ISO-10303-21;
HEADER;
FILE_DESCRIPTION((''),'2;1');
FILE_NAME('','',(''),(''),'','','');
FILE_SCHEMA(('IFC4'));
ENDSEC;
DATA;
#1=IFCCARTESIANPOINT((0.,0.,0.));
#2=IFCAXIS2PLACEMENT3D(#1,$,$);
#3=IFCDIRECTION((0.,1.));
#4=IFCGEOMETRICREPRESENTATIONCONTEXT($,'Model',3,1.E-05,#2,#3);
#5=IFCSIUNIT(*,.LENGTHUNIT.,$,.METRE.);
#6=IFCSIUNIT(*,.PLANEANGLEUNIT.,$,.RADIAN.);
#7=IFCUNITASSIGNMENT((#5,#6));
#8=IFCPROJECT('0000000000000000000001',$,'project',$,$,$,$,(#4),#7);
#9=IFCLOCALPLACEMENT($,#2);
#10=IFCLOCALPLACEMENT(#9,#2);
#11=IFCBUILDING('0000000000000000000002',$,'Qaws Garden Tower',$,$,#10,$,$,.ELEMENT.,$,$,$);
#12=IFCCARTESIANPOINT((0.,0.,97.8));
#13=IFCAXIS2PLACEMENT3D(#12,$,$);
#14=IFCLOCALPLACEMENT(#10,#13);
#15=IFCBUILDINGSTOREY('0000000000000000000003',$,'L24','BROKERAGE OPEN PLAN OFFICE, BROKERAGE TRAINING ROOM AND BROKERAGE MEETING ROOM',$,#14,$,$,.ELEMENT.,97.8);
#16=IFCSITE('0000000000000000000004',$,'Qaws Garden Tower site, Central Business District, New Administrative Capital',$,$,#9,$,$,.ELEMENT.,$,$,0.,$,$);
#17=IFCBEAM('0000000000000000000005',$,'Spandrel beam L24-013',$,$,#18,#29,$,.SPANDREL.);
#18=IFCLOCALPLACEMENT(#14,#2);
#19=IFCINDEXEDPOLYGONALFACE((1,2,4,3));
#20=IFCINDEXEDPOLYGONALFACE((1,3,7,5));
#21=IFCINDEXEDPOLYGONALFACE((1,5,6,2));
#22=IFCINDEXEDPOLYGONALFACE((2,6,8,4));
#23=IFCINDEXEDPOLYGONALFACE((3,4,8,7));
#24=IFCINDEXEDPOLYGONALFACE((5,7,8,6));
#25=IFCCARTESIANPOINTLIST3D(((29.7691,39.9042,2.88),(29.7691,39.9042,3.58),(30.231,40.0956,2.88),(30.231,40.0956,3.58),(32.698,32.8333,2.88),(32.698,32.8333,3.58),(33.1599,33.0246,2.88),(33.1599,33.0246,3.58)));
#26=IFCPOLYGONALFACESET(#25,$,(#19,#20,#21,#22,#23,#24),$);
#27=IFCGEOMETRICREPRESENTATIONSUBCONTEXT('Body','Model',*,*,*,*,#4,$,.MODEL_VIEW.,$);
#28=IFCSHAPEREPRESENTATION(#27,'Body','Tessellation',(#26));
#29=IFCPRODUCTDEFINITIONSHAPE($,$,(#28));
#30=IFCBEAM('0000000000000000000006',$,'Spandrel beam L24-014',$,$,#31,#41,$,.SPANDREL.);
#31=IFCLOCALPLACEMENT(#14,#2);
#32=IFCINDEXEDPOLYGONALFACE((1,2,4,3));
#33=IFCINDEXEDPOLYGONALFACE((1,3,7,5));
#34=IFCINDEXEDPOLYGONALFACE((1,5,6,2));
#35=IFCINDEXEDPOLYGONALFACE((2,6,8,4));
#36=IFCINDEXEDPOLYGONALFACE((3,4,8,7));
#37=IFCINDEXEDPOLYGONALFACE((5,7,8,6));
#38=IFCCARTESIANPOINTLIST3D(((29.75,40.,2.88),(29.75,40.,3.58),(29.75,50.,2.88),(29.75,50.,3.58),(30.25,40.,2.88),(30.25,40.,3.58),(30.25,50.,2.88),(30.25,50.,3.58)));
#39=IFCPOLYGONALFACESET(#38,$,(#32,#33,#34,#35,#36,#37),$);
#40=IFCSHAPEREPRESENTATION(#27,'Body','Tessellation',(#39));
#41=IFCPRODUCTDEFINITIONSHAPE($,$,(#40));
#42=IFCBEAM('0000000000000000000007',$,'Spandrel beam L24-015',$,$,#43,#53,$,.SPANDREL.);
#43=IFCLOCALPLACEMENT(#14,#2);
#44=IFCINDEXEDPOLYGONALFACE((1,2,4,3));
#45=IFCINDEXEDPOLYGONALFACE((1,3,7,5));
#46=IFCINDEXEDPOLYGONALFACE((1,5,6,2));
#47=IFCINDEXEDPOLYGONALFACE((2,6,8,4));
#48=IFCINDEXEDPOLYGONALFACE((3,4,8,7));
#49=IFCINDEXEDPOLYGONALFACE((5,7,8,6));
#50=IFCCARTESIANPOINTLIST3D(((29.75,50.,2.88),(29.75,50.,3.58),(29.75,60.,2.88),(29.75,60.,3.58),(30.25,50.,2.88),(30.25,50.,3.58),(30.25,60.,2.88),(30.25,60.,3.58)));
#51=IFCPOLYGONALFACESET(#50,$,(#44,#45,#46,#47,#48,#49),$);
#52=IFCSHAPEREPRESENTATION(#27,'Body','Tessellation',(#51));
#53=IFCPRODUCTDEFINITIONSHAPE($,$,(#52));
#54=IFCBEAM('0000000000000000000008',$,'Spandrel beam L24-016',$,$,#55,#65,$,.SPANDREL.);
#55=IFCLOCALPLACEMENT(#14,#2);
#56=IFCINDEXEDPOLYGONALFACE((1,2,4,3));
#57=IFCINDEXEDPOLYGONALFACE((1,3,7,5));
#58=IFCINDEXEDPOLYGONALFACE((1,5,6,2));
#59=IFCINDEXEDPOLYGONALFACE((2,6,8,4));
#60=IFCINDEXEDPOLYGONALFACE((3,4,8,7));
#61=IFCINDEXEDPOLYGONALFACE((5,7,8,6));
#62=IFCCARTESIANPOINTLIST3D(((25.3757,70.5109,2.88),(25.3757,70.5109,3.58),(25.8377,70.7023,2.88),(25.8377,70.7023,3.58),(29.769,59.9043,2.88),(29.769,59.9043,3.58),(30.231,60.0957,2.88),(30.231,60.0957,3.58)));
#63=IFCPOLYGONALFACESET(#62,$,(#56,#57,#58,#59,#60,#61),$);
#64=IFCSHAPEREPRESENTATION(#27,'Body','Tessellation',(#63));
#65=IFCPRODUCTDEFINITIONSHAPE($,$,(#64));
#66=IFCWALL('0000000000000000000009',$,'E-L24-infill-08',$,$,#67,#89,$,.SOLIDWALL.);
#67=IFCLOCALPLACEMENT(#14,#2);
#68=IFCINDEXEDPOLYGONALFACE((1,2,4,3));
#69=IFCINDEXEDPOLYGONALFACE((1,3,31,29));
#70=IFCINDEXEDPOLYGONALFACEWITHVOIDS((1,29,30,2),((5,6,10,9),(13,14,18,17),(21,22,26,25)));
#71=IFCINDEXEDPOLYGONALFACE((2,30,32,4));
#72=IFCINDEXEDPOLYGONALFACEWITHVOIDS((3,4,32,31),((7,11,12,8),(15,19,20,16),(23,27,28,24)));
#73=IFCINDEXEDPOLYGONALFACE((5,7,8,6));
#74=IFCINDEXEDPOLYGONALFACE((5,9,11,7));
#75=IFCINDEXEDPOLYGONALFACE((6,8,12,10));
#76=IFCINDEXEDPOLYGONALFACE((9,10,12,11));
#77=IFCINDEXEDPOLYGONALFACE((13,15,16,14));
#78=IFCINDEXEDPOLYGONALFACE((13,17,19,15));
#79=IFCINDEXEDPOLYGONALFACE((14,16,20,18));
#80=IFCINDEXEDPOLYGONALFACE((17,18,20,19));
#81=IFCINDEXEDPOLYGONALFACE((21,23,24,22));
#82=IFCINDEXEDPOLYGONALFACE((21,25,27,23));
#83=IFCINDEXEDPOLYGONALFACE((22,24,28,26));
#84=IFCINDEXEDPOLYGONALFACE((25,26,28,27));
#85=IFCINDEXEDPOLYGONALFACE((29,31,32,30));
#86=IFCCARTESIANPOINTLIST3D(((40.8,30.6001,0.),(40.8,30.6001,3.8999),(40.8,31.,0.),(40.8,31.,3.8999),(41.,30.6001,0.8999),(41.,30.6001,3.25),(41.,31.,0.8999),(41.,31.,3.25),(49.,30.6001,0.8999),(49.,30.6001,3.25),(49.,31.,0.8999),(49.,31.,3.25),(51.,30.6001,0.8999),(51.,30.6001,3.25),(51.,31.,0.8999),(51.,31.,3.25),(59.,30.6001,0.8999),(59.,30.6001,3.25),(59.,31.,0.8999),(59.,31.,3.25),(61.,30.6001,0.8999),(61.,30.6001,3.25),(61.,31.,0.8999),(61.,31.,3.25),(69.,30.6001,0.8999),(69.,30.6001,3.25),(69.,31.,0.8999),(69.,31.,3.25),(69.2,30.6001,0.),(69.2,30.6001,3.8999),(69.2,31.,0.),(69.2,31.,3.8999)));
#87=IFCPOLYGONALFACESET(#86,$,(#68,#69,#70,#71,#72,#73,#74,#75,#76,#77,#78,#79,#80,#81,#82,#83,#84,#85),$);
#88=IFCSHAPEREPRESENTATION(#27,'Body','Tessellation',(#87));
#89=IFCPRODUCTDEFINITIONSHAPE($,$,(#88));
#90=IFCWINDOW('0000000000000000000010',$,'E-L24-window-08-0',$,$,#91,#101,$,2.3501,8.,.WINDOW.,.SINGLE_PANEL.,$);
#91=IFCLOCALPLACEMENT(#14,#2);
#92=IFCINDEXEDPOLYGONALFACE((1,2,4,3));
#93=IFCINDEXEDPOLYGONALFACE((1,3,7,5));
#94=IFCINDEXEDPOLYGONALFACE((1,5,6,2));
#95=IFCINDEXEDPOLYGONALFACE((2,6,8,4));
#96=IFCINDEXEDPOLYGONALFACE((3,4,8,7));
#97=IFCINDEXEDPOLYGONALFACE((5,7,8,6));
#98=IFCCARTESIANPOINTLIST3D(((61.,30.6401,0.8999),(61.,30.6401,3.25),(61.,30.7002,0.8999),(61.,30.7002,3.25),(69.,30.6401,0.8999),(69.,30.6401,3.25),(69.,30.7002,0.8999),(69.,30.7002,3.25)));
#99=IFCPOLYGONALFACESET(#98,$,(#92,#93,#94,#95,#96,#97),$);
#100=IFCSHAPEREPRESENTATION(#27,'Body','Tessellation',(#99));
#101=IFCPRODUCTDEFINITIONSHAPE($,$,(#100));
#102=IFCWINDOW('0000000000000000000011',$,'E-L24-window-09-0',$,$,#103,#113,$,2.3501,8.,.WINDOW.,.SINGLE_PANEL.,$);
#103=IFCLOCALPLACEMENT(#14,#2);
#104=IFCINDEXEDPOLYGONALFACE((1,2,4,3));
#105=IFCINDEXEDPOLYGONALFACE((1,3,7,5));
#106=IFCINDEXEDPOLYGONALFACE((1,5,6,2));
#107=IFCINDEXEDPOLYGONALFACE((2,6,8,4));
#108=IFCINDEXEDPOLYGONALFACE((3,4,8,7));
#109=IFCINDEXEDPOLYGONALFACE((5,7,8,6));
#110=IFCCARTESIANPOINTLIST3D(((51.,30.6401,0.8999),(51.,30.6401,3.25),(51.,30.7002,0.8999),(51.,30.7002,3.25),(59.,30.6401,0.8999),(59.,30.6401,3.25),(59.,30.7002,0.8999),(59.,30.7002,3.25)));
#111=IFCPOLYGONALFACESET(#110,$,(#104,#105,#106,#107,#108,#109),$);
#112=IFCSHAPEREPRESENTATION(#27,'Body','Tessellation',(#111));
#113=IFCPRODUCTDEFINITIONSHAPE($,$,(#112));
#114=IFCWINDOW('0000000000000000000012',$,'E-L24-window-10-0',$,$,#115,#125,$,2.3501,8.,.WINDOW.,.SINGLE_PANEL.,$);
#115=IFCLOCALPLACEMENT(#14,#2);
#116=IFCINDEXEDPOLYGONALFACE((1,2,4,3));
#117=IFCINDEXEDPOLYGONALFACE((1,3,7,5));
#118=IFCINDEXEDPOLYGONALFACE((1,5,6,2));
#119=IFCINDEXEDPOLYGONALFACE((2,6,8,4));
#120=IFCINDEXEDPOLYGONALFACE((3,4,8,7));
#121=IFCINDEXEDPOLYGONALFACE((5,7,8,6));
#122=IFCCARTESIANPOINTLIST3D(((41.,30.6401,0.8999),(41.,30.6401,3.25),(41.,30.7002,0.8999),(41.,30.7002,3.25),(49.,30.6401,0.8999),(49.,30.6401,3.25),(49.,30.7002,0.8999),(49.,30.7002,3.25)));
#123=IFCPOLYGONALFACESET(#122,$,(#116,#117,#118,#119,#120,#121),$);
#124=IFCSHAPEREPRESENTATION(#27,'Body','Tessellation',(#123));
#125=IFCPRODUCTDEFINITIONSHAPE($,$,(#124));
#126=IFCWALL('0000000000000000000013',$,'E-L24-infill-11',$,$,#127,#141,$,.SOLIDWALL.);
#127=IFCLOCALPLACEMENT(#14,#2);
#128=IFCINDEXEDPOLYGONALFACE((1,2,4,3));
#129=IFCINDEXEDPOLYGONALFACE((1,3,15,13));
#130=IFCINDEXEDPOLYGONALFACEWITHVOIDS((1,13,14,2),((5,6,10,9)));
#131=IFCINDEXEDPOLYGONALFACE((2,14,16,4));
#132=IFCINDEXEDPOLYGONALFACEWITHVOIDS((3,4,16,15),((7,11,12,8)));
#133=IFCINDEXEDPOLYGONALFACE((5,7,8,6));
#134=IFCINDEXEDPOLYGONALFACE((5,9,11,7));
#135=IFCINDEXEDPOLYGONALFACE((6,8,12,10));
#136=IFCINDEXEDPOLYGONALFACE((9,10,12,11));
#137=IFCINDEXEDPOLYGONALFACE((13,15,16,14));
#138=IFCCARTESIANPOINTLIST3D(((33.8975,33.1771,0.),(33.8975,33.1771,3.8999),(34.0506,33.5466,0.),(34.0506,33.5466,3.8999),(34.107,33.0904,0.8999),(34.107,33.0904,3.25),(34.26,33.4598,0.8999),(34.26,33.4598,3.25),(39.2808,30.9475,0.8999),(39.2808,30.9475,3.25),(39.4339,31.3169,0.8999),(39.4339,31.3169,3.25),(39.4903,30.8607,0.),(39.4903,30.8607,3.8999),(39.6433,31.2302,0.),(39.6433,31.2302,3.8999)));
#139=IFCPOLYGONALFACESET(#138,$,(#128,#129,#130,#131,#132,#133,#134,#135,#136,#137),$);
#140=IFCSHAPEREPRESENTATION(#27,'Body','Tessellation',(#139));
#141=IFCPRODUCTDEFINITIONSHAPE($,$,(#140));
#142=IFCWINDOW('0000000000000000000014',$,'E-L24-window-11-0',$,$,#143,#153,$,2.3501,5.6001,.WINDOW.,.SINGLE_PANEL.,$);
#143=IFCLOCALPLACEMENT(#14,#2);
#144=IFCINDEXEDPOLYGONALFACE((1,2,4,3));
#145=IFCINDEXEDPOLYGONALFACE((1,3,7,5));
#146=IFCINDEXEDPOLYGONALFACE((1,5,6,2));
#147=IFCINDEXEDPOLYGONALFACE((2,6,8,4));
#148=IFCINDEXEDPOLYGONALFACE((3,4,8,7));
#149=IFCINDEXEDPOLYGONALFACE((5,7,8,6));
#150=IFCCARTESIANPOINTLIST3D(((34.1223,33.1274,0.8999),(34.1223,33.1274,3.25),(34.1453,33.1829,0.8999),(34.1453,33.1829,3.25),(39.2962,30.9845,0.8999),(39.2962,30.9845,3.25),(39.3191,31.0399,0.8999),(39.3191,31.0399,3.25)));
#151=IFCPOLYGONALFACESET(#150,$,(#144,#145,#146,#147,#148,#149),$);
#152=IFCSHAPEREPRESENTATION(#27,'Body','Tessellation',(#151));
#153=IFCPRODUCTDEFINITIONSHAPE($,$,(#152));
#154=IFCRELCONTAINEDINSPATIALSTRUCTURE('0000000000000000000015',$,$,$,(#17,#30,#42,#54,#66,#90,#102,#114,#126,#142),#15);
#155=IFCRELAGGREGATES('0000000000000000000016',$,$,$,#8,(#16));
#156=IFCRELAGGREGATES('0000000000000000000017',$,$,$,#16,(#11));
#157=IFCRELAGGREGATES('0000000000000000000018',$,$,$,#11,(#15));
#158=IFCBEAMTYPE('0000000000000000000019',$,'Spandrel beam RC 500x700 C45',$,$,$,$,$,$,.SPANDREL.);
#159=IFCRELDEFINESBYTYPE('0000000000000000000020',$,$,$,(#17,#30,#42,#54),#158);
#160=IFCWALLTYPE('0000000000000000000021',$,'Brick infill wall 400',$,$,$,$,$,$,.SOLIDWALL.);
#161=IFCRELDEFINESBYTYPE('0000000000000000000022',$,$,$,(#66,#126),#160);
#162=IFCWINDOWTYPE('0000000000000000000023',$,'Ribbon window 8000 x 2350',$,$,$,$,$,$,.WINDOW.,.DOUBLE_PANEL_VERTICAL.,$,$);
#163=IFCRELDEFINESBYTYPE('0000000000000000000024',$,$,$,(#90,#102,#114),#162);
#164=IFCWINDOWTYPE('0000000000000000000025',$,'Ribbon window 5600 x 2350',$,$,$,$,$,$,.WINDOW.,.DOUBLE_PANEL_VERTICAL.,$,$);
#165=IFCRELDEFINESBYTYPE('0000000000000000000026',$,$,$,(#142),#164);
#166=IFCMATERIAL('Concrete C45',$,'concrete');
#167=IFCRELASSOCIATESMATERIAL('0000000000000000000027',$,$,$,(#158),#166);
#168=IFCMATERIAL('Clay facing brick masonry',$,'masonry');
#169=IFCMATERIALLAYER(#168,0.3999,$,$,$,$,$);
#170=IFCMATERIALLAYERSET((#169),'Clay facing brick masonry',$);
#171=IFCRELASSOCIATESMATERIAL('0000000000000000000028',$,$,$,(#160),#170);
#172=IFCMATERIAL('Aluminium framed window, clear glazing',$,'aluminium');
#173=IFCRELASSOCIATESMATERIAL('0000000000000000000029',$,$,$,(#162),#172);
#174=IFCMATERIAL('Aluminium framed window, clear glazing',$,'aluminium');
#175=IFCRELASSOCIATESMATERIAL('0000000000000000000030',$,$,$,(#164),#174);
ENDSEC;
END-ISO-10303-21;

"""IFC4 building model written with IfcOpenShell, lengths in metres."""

from ifc_helpers import new_model, si_unit, direction, frame, frame_2d, origin, origin_2d, place, context, subcontext, project, spatial, rectangle, extrude, material, layer, layer_set, material_profile, profile_set, type_object, element, fill, save


model = new_model("IFC4")

# Units and contexts
model_context = context("Model", 3, precision=1e-05, world=origin(), true_north=direction((0.0, 1.0)))
body_context = subcontext(model_context, "Body", "Model", "MODEL_VIEW")
ifc_project = project(units=[si_unit("LENGTHUNIT", "METRE"), si_unit("PLANEANGLEUNIT", "RADIAN")], contexts=[model_context])

# Site, building, storey
site_placement = place(None, origin())
site = spatial("IfcSite", under=ifc_project, at=site_placement, Name="Qaws Garden Tower site, Central Business District, New Administrative Capital", CompositionType="ELEMENT", RefElevation=0.0)
building_placement = place(site_placement, origin())
building = spatial("IfcBuilding", under=site, at=building_placement, Name="Qaws Garden Tower", CompositionType="ELEMENT")
storey_placement = place(building_placement, frame((0.0, 0.0, 97.8)))
storey = spatial("IfcBuildingStorey", under=building, at=storey_placement, Name="L24", Description="BROKERAGE OPEN PLAN OFFICE, BROKERAGE TRAINING ROOM AND BROKERAGE MEETING ROOM", CompositionType="ELEMENT", Elevation=97.8)

# Beams
ifc_material_1 = material(Name="Concrete C45", Category="concrete")
ifc_material_profile_1 = material_profile(ifc_material_1, rectangle(XDim=0.5, YDim=0.7, at=origin_2d()), Name="RC 500x700")
ifc_profile_set_1 = profile_set([ifc_material_profile_1], Name="Concrete C45")
beam_type = type_object("IfcBeamType", Name="Spandrel beam RC 500x700 C45", PredefinedType="SPANDREL", material=ifc_profile_set_1)
beam_1_placement = place(storey_placement, frame((32.929, 32.929, 3.23), z_axis=(-0.382687, 0.923878, 0.0), x_axis=(-0.923878, -0.382687, 0.0)))
element("IfcBeam", 1, at=beam_1_placement, inside=storey, type_object=beam_type, Name="Spandrel beam L24-013", PredefinedType="SPANDREL", context=body_context, shape_type="SweptSolid", body=[
    extrude(rectangle(XDim=0.5, YDim=0.7, at=origin_2d()), origin(), (0.0, 0.0, 1.0), 7.6536),
])
for number, where, z_axis, x_axis, name in (
    (2, (30.0, 40.0, 3.23), (0.0, 1.0, 0.0), (-1.0, 0.0, 0.0), "Spandrel beam L24-014"),
    (3, (30.0, 50.0, 3.23), (0.0, 1.0, 0.0), (-1.0, 0.0, 0.0), "Spandrel beam L24-015"),
):
    element("IfcBeam", number, at=place(storey_placement, frame(where, z_axis=z_axis, x_axis=x_axis)), inside=storey, type_object=beam_type, Name=name, PredefinedType="SPANDREL", context=body_context, shape_type="SweptSolid", body=[
        extrude(rectangle(XDim=0.5, YDim=0.7, at=origin_2d()), origin(), (0.0, 0.0, 1.0), 10.0),
    ])
beam_2_placement = place(storey_placement, frame((30.0, 60.0, 3.23), z_axis=(-0.382674, 0.923883, 0.0), x_axis=(-0.923883, -0.382674, 0.0)))
element("IfcBeam", 4, at=beam_2_placement, inside=storey, type_object=beam_type, Name="Spandrel beam L24-016", PredefinedType="SPANDREL", context=body_context, shape_type="SweptSolid", body=[
    extrude(rectangle(XDim=0.5, YDim=0.7, at=origin_2d()), origin(), (0.0, 0.0, 1.0), 11.4805),
])

# Wall, openings, windows
ifc_material_2 = material(Name="Clay facing brick masonry", Category="masonry")
ifc_layer_1 = layer(ifc_material_2, 0.3999)
ifc_layer_set_1 = layer_set([ifc_layer_1], Name="Clay facing brick masonry")
wall_type_1 = type_object("IfcWallType", Name="Brick infill wall 400", PredefinedType="SOLIDWALL", material=ifc_layer_set_1)
wall_1_placement = place(storey_placement, frame((69.2, 30.8, 0.0), z_axis=(0.0, 0.0, 1.0), x_axis=(-1.0, 0.0, 0.0)))
wall_1 = element("IfcWall", 5, at=wall_1_placement, inside=storey, type_object=wall_type_1, Name="E-L24-infill-08", PredefinedType="SOLIDWALL", context=body_context, shape_type="SweptSolid", body=[
    extrude(rectangle(XDim=28.3999, YDim=0.3999, at=frame_2d((14.2, 0.0))), origin(), (0.0, 0.0, 1.0), 3.8999),
])
opening_1_placement = place(wall_1_placement, frame((0.2, 0.0, 0.8999)))
opening_1 = element("IfcOpeningElement", 6, at=opening_1_placement, cuts=wall_1, PredefinedType="OPENING", context=body_context, shape_type="SweptSolid", body=[
    extrude(rectangle(XDim=8.0, YDim=2.3501, at=frame_2d((4.0, 1.175))), frame((0.0, 0.21, 0.0), z_axis=(0.0, -1.0, 0.0), x_axis=(1.0, 0.0, 0.0)), (0.0, 0.0, 1.0), 0.4199),
])
opening_2_placement = place(wall_1_placement, frame((10.2, 0.0, 0.8999)))
opening_2 = element("IfcOpeningElement", 7, at=opening_2_placement, cuts=wall_1, PredefinedType="OPENING", context=body_context, shape_type="SweptSolid", body=[
    extrude(rectangle(XDim=8.0, YDim=2.3501, at=frame_2d((4.0, 1.175))), frame((0.0, 0.21, 0.0), z_axis=(0.0, -1.0, 0.0), x_axis=(1.0, 0.0, 0.0)), (0.0, 0.0, 1.0), 0.4199),
])
opening_3_placement = place(wall_1_placement, frame((20.2, 0.0, 0.8999)))
opening_3 = element("IfcOpeningElement", 8, at=opening_3_placement, cuts=wall_1, PredefinedType="OPENING", context=body_context, shape_type="SweptSolid", body=[
    extrude(rectangle(XDim=8.0, YDim=2.3501, at=frame_2d((4.0, 1.175))), frame((0.0, 0.21, 0.0), z_axis=(0.0, -1.0, 0.0), x_axis=(1.0, 0.0, 0.0)), (0.0, 0.0, 1.0), 0.4199),
])
ifc_material_3 = material(Name="Aluminium framed window, clear glazing", Category="aluminium")
window_type_1 = type_object("IfcWindowType", Name="Ribbon window 8000 x 2350", PartitioningType="DOUBLE_PANEL_VERTICAL", PredefinedType="WINDOW", material=ifc_material_3)
window_1_placement = place(opening_1_placement, origin())
window_1 = element("IfcWindow", 9, at=window_1_placement, inside=storey, type_object=window_type_1, Name="E-L24-window-08-0", OverallHeight=2.3501, OverallWidth=8.0, PartitioningType="SINGLE_PANEL", PredefinedType="WINDOW", context=body_context, shape_type="SweptSolid", body=[
    extrude(rectangle(XDim=8.0, YDim=2.3501, at=frame_2d((4.0, 1.175))), frame((0.0, 0.1599, 0.0), z_axis=(0.0, -1.0, 0.0), x_axis=(1.0, 0.0, 0.0)), (0.0, 0.0, 1.0), 0.0601),
])
fill(opening_1, window_1)
window_2_placement = place(opening_2_placement, origin())
window_2 = element("IfcWindow", 10, at=window_2_placement, inside=storey, type_object=window_type_1, Name="E-L24-window-09-0", OverallHeight=2.3501, OverallWidth=8.0, PartitioningType="SINGLE_PANEL", PredefinedType="WINDOW", context=body_context, shape_type="SweptSolid", body=[
    extrude(rectangle(XDim=8.0, YDim=2.3501, at=frame_2d((4.0, 1.175))), frame((0.0, 0.1599, 0.0), z_axis=(0.0, -1.0, 0.0), x_axis=(1.0, 0.0, 0.0)), (0.0, 0.0, 1.0), 0.0601),
])
fill(opening_2, window_2)
window_3_placement = place(opening_3_placement, origin())
window_3 = element("IfcWindow", 11, at=window_3_placement, inside=storey, type_object=window_type_1, Name="E-L24-window-10-0", OverallHeight=2.3501, OverallWidth=8.0, PartitioningType="SINGLE_PANEL", PredefinedType="WINDOW", context=body_context, shape_type="SweptSolid", body=[
    extrude(rectangle(XDim=8.0, YDim=2.3501, at=frame_2d((4.0, 1.175))), frame((0.0, 0.1599, 0.0), z_axis=(0.0, -1.0, 0.0), x_axis=(1.0, 0.0, 0.0)), (0.0, 0.0, 1.0), 0.0601),
])
fill(opening_3, window_3)

# Wall, opening, window
wall_2_placement = place(storey_placement, frame((39.5669, 31.0454, 0.0), z_axis=(0.0, 0.0, 1.0), x_axis=(-0.923891, 0.382656, 0.0)))
wall_2 = element("IfcWall", 12, at=wall_2_placement, inside=storey, type_object=wall_type_1, Name="E-L24-infill-11", PredefinedType="SOLIDWALL", context=body_context, shape_type="SweptSolid", body=[
    extrude(rectangle(XDim=6.0535, YDim=0.3999, at=frame_2d((3.0269, 0.0))), origin(), (0.0, 0.0, 1.0), 3.8999),
])
opening_4_placement = place(wall_2_placement, frame((0.2268, 0.0, 0.8999)))
opening_4 = element("IfcOpeningElement", 13, at=opening_4_placement, cuts=wall_2, PredefinedType="OPENING", context=body_context, shape_type="SweptSolid", body=[
    extrude(rectangle(XDim=5.6001, YDim=2.3501, at=frame_2d((2.8, 1.175))), frame((0.0, 0.21, 0.0), z_axis=(0.0, -1.0, 0.0), x_axis=(1.0, 0.0, 0.0)), (0.0, 0.0, 1.0), 0.4199),
])
ifc_material_4 = material(Name="Aluminium framed window, clear glazing", Category="aluminium")
window_type_2 = type_object("IfcWindowType", Name="Ribbon window 5600 x 2350", PartitioningType="DOUBLE_PANEL_VERTICAL", PredefinedType="WINDOW", material=ifc_material_4)
window_4_placement = place(opening_4_placement, origin())
window_4 = element("IfcWindow", 14, at=window_4_placement, inside=storey, type_object=window_type_2, Name="E-L24-window-11-0", OverallHeight=2.3501, OverallWidth=5.6001, PartitioningType="SINGLE_PANEL", PredefinedType="WINDOW", context=body_context, shape_type="SweptSolid", body=[
    extrude(rectangle(XDim=5.6001, YDim=2.3501, at=frame_2d((2.8, 1.175))), frame((0.0, 0.1599, 0.0), z_axis=(0.0, -1.0, 0.0), x_axis=(1.0, 0.0, 0.0)), (0.0, 0.0, 1.0), 0.0601),
])
fill(opening_4, window_4)

save(model, "model.ifc")
